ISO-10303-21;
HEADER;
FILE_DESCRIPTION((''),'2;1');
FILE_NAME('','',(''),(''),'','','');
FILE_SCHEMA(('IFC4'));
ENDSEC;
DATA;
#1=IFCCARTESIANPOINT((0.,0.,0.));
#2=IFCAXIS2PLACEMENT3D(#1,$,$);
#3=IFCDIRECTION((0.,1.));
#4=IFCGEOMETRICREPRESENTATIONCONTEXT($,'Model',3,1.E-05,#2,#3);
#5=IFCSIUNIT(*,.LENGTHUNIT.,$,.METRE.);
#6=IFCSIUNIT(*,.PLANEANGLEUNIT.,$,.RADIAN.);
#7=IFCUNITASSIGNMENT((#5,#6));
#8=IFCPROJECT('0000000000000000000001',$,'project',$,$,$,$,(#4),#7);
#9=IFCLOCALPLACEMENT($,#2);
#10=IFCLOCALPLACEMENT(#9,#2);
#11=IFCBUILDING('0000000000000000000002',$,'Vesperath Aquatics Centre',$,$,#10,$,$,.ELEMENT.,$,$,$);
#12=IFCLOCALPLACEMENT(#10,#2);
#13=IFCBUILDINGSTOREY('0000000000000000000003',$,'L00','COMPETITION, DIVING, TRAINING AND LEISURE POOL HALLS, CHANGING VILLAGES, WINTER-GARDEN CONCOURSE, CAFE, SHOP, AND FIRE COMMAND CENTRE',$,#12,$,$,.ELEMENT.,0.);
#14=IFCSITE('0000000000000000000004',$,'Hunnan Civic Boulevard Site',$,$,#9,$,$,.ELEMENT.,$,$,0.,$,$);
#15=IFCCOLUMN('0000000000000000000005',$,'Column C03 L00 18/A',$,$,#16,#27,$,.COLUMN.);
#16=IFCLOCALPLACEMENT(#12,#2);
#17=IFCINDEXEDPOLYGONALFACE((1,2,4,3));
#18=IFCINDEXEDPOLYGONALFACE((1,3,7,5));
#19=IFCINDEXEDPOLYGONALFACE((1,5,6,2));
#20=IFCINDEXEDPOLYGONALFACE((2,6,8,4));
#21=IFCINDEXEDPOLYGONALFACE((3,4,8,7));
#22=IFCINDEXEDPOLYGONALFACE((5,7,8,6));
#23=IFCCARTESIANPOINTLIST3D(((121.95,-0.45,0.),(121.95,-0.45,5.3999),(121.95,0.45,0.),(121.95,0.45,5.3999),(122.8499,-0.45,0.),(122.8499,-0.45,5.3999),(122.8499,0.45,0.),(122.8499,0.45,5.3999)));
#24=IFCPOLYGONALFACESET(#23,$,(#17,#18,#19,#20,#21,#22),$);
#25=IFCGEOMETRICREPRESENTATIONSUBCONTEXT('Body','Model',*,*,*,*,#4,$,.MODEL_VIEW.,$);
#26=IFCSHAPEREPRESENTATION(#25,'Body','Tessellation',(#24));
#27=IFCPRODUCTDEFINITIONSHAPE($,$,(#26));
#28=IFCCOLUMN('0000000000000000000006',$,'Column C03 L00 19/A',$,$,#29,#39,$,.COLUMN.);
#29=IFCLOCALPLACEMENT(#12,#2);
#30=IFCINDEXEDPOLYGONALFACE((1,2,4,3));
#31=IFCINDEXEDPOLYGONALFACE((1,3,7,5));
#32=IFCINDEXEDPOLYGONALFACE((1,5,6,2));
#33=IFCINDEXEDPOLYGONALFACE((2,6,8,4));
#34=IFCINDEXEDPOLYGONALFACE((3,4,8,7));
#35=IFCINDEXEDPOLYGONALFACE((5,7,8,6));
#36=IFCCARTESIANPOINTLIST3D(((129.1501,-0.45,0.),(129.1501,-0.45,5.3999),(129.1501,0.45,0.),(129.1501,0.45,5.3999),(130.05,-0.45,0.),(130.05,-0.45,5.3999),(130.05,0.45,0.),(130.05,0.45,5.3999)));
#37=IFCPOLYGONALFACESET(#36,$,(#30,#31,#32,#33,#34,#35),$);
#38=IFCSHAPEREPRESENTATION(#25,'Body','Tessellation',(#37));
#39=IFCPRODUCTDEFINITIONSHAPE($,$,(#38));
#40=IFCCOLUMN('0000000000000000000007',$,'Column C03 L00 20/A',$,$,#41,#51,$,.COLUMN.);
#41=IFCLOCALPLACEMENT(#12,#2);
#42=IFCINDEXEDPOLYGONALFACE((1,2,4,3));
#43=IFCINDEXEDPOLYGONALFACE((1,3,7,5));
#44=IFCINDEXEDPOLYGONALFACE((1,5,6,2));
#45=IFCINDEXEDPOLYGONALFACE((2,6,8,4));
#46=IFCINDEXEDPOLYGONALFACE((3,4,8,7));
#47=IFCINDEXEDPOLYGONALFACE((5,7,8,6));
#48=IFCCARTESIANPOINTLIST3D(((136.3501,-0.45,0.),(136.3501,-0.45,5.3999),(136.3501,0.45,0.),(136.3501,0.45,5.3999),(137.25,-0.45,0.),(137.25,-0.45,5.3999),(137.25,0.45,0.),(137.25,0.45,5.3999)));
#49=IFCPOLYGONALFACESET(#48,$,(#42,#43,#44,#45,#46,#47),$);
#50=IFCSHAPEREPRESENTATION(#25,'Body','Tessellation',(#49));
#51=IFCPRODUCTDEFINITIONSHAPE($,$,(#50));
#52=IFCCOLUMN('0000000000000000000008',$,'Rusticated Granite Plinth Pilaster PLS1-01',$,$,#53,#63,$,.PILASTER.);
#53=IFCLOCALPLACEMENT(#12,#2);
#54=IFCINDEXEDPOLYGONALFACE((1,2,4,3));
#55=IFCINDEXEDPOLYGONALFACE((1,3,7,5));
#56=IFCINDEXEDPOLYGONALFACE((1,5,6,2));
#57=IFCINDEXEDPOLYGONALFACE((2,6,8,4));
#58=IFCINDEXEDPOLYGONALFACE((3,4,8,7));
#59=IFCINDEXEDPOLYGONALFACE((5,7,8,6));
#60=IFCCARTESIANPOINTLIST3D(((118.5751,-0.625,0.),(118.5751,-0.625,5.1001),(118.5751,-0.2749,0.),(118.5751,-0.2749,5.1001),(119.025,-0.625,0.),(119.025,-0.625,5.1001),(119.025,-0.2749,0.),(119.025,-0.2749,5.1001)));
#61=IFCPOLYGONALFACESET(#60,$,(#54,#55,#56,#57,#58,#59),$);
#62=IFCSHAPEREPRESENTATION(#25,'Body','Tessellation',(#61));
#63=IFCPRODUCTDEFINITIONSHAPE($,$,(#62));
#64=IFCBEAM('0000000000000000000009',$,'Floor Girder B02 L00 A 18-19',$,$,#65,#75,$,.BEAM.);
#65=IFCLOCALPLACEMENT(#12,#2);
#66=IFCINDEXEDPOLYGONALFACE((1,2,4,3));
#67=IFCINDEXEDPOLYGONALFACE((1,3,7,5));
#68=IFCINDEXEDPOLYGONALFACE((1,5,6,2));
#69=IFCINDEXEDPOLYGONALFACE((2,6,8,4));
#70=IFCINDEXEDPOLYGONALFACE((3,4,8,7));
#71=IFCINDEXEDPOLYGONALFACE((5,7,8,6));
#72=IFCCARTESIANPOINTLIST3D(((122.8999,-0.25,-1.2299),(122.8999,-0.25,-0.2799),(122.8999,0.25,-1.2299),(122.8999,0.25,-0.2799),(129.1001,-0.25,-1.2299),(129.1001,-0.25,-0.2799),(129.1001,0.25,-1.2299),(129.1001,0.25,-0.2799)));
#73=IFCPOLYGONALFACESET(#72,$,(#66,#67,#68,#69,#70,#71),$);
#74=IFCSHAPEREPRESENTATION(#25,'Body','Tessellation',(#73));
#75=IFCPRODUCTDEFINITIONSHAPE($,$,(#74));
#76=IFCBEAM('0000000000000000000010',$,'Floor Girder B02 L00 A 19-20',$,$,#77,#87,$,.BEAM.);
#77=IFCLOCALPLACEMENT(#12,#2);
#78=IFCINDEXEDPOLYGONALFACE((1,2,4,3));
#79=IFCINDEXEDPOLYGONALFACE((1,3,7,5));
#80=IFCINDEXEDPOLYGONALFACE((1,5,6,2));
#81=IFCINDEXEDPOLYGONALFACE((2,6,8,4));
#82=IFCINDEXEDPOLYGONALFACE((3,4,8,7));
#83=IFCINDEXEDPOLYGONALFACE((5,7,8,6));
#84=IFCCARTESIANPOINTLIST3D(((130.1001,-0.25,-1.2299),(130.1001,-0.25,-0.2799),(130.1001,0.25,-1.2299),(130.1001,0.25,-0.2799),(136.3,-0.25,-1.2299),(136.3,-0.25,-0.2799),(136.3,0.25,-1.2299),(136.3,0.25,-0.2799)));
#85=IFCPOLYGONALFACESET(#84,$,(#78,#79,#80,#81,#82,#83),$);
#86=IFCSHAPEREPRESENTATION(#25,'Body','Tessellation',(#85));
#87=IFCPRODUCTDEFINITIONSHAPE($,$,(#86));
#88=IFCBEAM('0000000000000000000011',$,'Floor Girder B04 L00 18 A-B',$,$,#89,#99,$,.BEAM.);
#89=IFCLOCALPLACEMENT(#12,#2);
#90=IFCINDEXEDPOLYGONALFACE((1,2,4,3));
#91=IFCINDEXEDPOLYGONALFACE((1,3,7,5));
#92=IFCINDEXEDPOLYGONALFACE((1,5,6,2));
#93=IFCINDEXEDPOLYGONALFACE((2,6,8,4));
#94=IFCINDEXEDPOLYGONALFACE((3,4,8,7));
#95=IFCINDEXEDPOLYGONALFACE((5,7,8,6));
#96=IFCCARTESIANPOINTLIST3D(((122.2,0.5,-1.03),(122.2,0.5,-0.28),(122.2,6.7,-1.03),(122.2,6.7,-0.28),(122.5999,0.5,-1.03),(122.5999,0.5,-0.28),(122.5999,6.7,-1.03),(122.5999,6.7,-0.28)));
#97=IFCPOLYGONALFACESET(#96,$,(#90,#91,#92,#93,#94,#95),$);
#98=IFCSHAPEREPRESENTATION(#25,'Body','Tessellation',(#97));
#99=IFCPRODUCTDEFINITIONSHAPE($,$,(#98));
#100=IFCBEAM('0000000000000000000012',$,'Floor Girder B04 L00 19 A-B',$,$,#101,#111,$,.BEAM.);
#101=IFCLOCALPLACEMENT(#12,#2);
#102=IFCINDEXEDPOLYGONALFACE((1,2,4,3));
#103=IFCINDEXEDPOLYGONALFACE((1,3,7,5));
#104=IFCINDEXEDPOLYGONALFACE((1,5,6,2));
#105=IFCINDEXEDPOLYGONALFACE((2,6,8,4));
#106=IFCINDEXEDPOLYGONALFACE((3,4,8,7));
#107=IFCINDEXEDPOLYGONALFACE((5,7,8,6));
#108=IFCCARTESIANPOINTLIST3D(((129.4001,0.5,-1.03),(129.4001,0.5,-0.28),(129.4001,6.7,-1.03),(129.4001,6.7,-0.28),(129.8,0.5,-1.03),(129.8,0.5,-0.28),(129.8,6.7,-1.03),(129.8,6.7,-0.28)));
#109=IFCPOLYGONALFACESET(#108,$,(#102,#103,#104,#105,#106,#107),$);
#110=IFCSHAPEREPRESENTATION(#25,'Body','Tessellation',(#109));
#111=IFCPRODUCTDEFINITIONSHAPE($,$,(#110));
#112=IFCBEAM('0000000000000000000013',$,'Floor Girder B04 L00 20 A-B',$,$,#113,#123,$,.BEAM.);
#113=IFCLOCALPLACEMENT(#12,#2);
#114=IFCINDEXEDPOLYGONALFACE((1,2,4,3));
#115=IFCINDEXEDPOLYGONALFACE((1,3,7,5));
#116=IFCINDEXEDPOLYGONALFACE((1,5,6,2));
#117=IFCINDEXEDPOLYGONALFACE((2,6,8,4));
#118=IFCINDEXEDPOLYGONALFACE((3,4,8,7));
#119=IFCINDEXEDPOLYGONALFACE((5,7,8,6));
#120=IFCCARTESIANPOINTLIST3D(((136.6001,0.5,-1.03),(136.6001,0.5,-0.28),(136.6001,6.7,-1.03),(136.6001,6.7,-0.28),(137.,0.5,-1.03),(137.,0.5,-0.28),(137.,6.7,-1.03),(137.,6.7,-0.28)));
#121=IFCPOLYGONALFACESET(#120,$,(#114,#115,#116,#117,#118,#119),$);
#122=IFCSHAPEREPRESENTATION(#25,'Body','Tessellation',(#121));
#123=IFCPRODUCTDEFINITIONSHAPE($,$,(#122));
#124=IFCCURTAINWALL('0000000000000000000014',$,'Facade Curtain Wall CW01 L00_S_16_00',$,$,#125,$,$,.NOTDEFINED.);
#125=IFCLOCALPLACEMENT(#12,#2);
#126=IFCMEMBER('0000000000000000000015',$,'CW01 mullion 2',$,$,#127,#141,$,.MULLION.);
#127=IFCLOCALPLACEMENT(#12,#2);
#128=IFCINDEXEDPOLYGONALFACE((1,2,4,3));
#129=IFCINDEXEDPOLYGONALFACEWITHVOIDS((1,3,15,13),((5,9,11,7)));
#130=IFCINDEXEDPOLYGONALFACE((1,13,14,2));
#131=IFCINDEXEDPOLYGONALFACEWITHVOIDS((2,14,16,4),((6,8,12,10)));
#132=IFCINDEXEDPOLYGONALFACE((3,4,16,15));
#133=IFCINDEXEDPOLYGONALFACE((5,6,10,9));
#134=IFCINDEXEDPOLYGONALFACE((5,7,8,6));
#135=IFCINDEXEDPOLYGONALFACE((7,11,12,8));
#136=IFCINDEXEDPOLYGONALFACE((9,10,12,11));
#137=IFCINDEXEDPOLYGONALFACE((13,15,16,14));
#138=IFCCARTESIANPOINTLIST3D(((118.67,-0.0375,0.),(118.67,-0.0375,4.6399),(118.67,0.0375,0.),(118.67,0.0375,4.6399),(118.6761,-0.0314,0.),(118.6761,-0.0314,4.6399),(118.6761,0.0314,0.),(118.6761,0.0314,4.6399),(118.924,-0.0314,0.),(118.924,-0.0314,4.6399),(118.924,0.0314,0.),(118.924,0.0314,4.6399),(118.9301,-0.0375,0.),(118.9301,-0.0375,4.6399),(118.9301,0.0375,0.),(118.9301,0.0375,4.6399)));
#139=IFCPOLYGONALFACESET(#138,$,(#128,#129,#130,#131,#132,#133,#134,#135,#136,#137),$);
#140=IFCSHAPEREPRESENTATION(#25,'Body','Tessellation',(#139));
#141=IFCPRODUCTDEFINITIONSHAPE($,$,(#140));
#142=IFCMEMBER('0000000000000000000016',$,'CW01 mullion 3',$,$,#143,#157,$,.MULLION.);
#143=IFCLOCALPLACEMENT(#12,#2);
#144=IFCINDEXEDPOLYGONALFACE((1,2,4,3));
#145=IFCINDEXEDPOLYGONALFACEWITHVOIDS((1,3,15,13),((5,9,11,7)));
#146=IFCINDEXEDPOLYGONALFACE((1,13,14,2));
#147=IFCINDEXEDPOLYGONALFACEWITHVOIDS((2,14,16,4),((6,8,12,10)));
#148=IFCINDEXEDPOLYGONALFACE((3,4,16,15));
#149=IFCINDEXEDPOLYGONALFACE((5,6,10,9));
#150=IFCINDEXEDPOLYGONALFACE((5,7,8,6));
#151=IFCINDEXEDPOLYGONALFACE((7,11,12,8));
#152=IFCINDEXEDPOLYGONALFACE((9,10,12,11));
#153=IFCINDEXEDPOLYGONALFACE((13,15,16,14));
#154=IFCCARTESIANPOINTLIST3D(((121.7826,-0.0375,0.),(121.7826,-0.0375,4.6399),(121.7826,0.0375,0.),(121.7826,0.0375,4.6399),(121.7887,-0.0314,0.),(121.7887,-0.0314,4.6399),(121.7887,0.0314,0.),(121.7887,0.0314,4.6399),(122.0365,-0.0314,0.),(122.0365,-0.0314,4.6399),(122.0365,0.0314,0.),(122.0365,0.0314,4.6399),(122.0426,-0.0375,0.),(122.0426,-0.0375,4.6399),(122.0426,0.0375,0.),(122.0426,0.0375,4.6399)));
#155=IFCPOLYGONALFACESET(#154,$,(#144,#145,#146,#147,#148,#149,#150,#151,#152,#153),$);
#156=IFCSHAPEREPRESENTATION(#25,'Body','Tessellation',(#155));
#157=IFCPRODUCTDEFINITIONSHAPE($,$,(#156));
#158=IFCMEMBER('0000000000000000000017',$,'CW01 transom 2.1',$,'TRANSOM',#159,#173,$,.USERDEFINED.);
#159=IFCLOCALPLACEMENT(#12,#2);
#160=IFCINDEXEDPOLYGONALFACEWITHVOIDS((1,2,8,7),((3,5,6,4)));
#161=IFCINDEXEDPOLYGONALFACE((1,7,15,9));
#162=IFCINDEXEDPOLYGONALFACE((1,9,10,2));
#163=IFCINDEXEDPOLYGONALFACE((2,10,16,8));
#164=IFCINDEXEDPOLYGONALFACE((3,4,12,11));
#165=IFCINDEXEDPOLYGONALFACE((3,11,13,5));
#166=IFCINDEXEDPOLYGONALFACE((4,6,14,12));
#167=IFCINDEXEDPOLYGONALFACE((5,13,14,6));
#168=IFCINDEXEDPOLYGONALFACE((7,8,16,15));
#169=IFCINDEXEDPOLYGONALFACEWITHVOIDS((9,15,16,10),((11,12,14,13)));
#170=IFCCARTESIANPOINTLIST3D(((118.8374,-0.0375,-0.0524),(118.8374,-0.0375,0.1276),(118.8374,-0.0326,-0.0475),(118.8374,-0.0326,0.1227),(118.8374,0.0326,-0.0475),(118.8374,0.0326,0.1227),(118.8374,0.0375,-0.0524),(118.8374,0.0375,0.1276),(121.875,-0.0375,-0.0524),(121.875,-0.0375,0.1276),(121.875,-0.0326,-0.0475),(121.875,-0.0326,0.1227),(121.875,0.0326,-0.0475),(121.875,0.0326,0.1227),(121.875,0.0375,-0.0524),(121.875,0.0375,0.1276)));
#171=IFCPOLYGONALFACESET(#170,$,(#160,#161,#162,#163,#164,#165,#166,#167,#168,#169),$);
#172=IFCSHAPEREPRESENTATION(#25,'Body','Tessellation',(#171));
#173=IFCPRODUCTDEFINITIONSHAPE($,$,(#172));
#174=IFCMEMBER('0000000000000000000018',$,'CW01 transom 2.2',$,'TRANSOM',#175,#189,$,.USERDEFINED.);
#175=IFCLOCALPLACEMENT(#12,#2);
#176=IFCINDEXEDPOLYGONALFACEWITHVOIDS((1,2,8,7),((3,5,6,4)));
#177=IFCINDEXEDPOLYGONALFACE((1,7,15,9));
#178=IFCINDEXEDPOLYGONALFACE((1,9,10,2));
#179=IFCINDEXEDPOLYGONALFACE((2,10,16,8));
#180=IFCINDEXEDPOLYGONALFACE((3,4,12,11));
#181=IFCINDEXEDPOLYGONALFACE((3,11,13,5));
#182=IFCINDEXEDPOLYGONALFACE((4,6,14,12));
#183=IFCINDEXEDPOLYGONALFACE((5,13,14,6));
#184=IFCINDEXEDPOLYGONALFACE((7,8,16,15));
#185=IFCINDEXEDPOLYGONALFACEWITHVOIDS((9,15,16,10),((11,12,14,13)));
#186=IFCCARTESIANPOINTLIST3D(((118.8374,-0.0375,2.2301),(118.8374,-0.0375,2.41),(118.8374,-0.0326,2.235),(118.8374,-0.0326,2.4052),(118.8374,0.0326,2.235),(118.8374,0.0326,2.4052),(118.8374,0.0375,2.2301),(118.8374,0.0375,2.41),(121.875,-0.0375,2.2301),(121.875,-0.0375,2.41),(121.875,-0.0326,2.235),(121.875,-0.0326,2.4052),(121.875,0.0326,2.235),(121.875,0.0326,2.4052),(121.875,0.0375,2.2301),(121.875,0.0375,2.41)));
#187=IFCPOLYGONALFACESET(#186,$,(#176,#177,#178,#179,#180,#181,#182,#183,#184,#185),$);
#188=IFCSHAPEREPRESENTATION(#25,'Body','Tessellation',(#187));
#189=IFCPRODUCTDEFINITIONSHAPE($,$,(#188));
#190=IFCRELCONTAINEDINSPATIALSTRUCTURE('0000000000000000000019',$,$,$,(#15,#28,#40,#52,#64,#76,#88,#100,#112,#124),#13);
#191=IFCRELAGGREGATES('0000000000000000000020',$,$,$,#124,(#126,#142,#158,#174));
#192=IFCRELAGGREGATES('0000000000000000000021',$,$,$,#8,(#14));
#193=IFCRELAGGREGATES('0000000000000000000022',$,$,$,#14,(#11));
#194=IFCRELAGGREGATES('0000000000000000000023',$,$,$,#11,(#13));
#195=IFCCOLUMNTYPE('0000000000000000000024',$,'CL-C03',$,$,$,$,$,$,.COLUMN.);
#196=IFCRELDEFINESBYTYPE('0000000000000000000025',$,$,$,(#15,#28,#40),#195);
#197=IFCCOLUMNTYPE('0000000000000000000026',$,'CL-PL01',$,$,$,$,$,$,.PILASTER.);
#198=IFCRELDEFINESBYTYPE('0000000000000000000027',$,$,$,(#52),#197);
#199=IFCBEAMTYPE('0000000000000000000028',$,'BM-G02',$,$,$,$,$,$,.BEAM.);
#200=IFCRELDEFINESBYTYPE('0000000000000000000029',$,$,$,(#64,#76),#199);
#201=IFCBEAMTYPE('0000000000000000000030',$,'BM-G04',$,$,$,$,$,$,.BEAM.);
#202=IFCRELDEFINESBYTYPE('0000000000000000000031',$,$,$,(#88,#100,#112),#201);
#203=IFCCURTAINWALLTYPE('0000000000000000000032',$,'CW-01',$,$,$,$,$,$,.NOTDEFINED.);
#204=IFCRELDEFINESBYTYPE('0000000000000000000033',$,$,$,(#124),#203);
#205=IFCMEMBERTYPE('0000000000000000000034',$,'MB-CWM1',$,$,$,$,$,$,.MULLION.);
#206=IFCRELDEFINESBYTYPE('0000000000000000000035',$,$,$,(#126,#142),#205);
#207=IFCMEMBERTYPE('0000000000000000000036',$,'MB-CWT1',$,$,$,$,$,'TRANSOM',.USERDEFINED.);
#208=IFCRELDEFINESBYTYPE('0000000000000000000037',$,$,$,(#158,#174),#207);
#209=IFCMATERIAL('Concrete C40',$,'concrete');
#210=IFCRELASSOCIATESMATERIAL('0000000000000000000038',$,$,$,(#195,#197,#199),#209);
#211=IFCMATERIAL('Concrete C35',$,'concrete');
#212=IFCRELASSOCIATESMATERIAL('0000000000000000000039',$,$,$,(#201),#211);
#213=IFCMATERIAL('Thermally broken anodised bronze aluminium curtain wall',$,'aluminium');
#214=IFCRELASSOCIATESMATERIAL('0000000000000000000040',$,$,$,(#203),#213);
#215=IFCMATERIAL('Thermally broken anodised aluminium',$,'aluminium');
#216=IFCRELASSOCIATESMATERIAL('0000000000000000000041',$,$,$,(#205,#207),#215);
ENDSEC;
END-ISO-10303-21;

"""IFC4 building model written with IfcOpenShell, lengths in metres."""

from ifc_helpers import new_model, si_unit, direction, frame, origin, origin_2d, place, context, subcontext, project, spatial, rectangle, hollow_rectangle, extrude, material, material_profile, profile_set, type_object, element, aggregate, save


model = new_model("IFC4")

# Units and contexts
model_context = context("Model", 3, precision=1e-05, world=origin(), true_north=direction((0.0, 1.0)))
body_context = subcontext(model_context, "Body", "Model", "MODEL_VIEW")
ifc_project = project(units=[si_unit("LENGTHUNIT", "METRE"), si_unit("PLANEANGLEUNIT", "RADIAN")], contexts=[model_context])

# Site, building, storey
site_placement = place(None, origin())
site = spatial("IfcSite", under=ifc_project, at=site_placement, Name="Hunnan Civic Boulevard Site", CompositionType="ELEMENT", RefElevation=0.0)
building_placement = place(site_placement, origin())
building = spatial("IfcBuilding", under=site, at=building_placement, Name="Vesperath Aquatics Centre", CompositionType="ELEMENT")
storey_placement = place(building_placement, origin())
storey = spatial("IfcBuildingStorey", under=building, at=storey_placement, Name="L00", Description="COMPETITION, DIVING, TRAINING AND LEISURE POOL HALLS, CHANGING VILLAGES, WINTER-GARDEN CONCOURSE, CAFE, SHOP, AND FIRE COMMAND CENTRE", CompositionType="ELEMENT", Elevation=0.0)

# Columns
ifc_material_1 = material(Name="Concrete C40", Category="concrete")
ifc_material_profile_1 = material_profile(ifc_material_1, rectangle(XDim=0.8999, YDim=0.8999, at=origin_2d()), Name="RC 900x900")
ifc_profile_set_1 = profile_set([ifc_material_profile_1], Name="Concrete C40")
column_type_1 = type_object("IfcColumnType", Name="CL-C03", PredefinedType="COLUMN", material=ifc_profile_set_1)
for number, where, z_axis, x_axis, name in (
    (1, (122.3999, 0.0, 0.0), (0.0, 0.0, 1.0), (1.0, 0.0, 0.0), "Column C03 L00 18/A"),
    (2, (129.6001, 0.0, 0.0), (0.0, 0.0, 1.0), (1.0, 0.0, 0.0), "Column C03 L00 19/A"),
    (3, (136.8, 0.0, 0.0), (0.0, 0.0, 1.0), (1.0, 0.0, 0.0), "Column C03 L00 20/A"),
):
    element("IfcColumn", number, at=place(storey_placement, frame(where, z_axis=z_axis, x_axis=x_axis)), inside=storey, type_object=column_type_1, Name=name, PredefinedType="COLUMN", context=body_context, shape_type="SweptSolid", body=[
        extrude(rectangle(XDim=0.8999, YDim=0.8999, at=origin_2d()), origin(), (0.0, 0.0, 1.0), 5.3999),
    ])
ifc_material_profile_2 = material_profile(ifc_material_1, rectangle(XDim=0.45, YDim=0.3501, at=origin_2d()), Name="CL-PL01")
ifc_profile_set_2 = profile_set([ifc_material_profile_2], Name="Concrete C40")
column_type_2 = type_object("IfcColumnType", Name="CL-PL01", PredefinedType="PILASTER", material=ifc_profile_set_2)
column_placement = place(storey_placement, frame((118.8, -0.45, 0.0), z_axis=(0.0, 0.0, 1.0), x_axis=(1.0, 0.0, 0.0)))
element("IfcColumn", 4, at=column_placement, inside=storey, type_object=column_type_2, Name="Rusticated Granite Plinth Pilaster PLS1-01", PredefinedType="PILASTER", context=body_context, shape_type="SweptSolid", body=[
    extrude(rectangle(XDim=0.45, YDim=0.3501, at=origin_2d()), origin(), (0.0, 0.0, 1.0), 5.1001),
])

# Beams
ifc_material_profile_3 = material_profile(ifc_material_1, rectangle(XDim=0.5, YDim=0.95, at=origin_2d()), Name="RC 500x950")
ifc_profile_set_3 = profile_set([ifc_material_profile_3], Name="Concrete C40")
beam_type_1 = type_object("IfcBeamType", Name="BM-G02", PredefinedType="BEAM", material=ifc_profile_set_3)
beam_1_placement = place(storey_placement, frame((122.8999, 0.0, -0.7549), z_axis=(1.0, 0.0, 0.0), x_axis=(0.0, 1.0, 0.0)))
element("IfcBeam", 5, at=beam_1_placement, inside=storey, type_object=beam_type_1, Name="Floor Girder B02 L00 A 18-19", PredefinedType="BEAM", context=body_context, shape_type="SweptSolid", body=[
    extrude(rectangle(XDim=0.5, YDim=0.95, at=origin_2d()), origin(), (0.0, 0.0, 1.0), 6.2002),
])
beam_2_placement = place(storey_placement, frame((130.1001, 0.0, -0.7549), z_axis=(1.0, 0.0, 0.0), x_axis=(0.0, 1.0, 0.0)))
element("IfcBeam", 6, at=beam_2_placement, inside=storey, type_object=beam_type_1, Name="Floor Girder B02 L00 A 19-20", PredefinedType="BEAM", context=body_context, shape_type="SweptSolid", body=[
    extrude(rectangle(XDim=0.5, YDim=0.95, at=origin_2d()), origin(), (0.0, 0.0, 1.0), 6.2),
])
ifc_material_2 = material(Name="Concrete C35", Category="concrete")
ifc_material_profile_4 = material_profile(ifc_material_2, rectangle(XDim=0.3999, YDim=0.75, at=origin_2d()), Name="RC 400x750")
ifc_profile_set_4 = profile_set([ifc_material_profile_4], Name="Concrete C35")
beam_type_2 = type_object("IfcBeamType", Name="BM-G04", PredefinedType="BEAM", material=ifc_profile_set_4)
for number, where, z_axis, x_axis, name in (
    (7, (122.3999, 0.5, -0.655), (0.0, 1.0, 0.0), (-1.0, 0.0, 0.0), "Floor Girder B04 L00 18 A-B"),
    (8, (129.6001, 0.5, -0.655), (0.0, 1.0, 0.0), (-1.0, 0.0, 0.0), "Floor Girder B04 L00 19 A-B"),
    (9, (136.8, 0.5, -0.655), (0.0, 1.0, 0.0), (-1.0, 0.0, 0.0), "Floor Girder B04 L00 20 A-B"),
):
    element("IfcBeam", number, at=place(storey_placement, frame(where, z_axis=z_axis, x_axis=x_axis)), inside=storey, type_object=beam_type_2, Name=name, PredefinedType="BEAM", context=body_context, shape_type="SweptSolid", body=[
        extrude(rectangle(XDim=0.3999, YDim=0.75, at=origin_2d()), origin(), (0.0, 0.0, 1.0), 6.2),
    ])

# Curtain wall, members
ifc_material_3 = material(Name="Thermally broken anodised bronze aluminium curtain wall", Category="aluminium")
curtain_wall_type = type_object("IfcCurtainWallType", Name="CW-01", PredefinedType="NOTDEFINED", material=ifc_material_3)
curtain_wall_placement = place(storey_placement, origin())
curtain_wall = element("IfcCurtainWall", 10, at=curtain_wall_placement, inside=storey, type_object=curtain_wall_type, Name="Facade Curtain Wall CW01 L00_S_16_00", PredefinedType="NOTDEFINED")
ifc_material_4 = material(Name="Thermally broken anodised aluminium", Category="aluminium")
ifc_material_profile_5 = material_profile(ifc_material_4, hollow_rectangle(XDim=0.075, YDim=0.26, WallThickness=0.0061, at=origin_2d()), Name="CWM 75x260x6")
ifc_profile_set_5 = profile_set([ifc_material_profile_5], Name="Thermally broken anodised aluminium")
member_type_1 = type_object("IfcMemberType", Name="MB-CWM1", PredefinedType="MULLION", material=ifc_profile_set_5)
member_1_placement = place(storey_placement, frame((118.8, 0.0, 0.0), z_axis=(0.0, 0.0, 1.0), x_axis=(0.0, 1.0, 0.0)))
member_1 = element("IfcMember", 11, at=member_1_placement, type_object=member_type_1, Name="CW01 mullion 2", PredefinedType="MULLION", context=body_context, shape_type="SweptSolid", body=[
    extrude(hollow_rectangle(XDim=0.075, YDim=0.26, WallThickness=0.0061, at=origin_2d()), origin(), (0.0, 0.0, 1.0), 4.6399),
])
member_2_placement = place(storey_placement, frame((121.9126, 0.0, 0.0), z_axis=(0.0, 0.0, 1.0), x_axis=(0.0, 1.0, 0.0)))
member_2 = element("IfcMember", 12, at=member_2_placement, type_object=member_type_1, Name="CW01 mullion 3", PredefinedType="MULLION", context=body_context, shape_type="SweptSolid", body=[
    extrude(hollow_rectangle(XDim=0.075, YDim=0.26, WallThickness=0.0061, at=origin_2d()), origin(), (0.0, 0.0, 1.0), 4.6399),
])
ifc_material_profile_6 = material_profile(ifc_material_4, hollow_rectangle(XDim=0.075, YDim=0.1799, WallThickness=0.0049, at=origin_2d()), Name="CWT 75x180x5")
ifc_profile_set_6 = profile_set([ifc_material_profile_6], Name="Thermally broken anodised aluminium")
member_type_2 = type_object("IfcMemberType", Name="MB-CWT1", ElementType="TRANSOM", PredefinedType="USERDEFINED", material=ifc_profile_set_6)
member_3_placement = place(storey_placement, frame((118.8374, 0.0, 0.0376), z_axis=(1.0, 0.0, 0.0), x_axis=(0.0, 1.0, 0.0)))
member_3 = element("IfcMember", 13, at=member_3_placement, type_object=member_type_2, Name="CW01 transom 2.1", ObjectType="TRANSOM", PredefinedType="USERDEFINED", context=body_context, shape_type="SweptSolid", body=[
    extrude(hollow_rectangle(XDim=0.075, YDim=0.1799, WallThickness=0.0049, at=origin_2d()), origin(), (0.0, 0.0, 1.0), 3.0376),
])
member_4_placement = place(storey_placement, frame((118.8374, 0.0, 2.3201), z_axis=(1.0, 0.0, 0.0), x_axis=(0.0, 1.0, 0.0)))
member_4 = element("IfcMember", 14, at=member_4_placement, type_object=member_type_2, Name="CW01 transom 2.2", ObjectType="TRANSOM", PredefinedType="USERDEFINED", context=body_context, shape_type="SweptSolid", body=[
    extrude(hollow_rectangle(XDim=0.075, YDim=0.1799, WallThickness=0.0049, at=origin_2d()), origin(), (0.0, 0.0, 1.0), 3.0376),
])
aggregate(curtain_wall, [member_1, member_2, member_3, member_4])

save(model, "model.ifc")
